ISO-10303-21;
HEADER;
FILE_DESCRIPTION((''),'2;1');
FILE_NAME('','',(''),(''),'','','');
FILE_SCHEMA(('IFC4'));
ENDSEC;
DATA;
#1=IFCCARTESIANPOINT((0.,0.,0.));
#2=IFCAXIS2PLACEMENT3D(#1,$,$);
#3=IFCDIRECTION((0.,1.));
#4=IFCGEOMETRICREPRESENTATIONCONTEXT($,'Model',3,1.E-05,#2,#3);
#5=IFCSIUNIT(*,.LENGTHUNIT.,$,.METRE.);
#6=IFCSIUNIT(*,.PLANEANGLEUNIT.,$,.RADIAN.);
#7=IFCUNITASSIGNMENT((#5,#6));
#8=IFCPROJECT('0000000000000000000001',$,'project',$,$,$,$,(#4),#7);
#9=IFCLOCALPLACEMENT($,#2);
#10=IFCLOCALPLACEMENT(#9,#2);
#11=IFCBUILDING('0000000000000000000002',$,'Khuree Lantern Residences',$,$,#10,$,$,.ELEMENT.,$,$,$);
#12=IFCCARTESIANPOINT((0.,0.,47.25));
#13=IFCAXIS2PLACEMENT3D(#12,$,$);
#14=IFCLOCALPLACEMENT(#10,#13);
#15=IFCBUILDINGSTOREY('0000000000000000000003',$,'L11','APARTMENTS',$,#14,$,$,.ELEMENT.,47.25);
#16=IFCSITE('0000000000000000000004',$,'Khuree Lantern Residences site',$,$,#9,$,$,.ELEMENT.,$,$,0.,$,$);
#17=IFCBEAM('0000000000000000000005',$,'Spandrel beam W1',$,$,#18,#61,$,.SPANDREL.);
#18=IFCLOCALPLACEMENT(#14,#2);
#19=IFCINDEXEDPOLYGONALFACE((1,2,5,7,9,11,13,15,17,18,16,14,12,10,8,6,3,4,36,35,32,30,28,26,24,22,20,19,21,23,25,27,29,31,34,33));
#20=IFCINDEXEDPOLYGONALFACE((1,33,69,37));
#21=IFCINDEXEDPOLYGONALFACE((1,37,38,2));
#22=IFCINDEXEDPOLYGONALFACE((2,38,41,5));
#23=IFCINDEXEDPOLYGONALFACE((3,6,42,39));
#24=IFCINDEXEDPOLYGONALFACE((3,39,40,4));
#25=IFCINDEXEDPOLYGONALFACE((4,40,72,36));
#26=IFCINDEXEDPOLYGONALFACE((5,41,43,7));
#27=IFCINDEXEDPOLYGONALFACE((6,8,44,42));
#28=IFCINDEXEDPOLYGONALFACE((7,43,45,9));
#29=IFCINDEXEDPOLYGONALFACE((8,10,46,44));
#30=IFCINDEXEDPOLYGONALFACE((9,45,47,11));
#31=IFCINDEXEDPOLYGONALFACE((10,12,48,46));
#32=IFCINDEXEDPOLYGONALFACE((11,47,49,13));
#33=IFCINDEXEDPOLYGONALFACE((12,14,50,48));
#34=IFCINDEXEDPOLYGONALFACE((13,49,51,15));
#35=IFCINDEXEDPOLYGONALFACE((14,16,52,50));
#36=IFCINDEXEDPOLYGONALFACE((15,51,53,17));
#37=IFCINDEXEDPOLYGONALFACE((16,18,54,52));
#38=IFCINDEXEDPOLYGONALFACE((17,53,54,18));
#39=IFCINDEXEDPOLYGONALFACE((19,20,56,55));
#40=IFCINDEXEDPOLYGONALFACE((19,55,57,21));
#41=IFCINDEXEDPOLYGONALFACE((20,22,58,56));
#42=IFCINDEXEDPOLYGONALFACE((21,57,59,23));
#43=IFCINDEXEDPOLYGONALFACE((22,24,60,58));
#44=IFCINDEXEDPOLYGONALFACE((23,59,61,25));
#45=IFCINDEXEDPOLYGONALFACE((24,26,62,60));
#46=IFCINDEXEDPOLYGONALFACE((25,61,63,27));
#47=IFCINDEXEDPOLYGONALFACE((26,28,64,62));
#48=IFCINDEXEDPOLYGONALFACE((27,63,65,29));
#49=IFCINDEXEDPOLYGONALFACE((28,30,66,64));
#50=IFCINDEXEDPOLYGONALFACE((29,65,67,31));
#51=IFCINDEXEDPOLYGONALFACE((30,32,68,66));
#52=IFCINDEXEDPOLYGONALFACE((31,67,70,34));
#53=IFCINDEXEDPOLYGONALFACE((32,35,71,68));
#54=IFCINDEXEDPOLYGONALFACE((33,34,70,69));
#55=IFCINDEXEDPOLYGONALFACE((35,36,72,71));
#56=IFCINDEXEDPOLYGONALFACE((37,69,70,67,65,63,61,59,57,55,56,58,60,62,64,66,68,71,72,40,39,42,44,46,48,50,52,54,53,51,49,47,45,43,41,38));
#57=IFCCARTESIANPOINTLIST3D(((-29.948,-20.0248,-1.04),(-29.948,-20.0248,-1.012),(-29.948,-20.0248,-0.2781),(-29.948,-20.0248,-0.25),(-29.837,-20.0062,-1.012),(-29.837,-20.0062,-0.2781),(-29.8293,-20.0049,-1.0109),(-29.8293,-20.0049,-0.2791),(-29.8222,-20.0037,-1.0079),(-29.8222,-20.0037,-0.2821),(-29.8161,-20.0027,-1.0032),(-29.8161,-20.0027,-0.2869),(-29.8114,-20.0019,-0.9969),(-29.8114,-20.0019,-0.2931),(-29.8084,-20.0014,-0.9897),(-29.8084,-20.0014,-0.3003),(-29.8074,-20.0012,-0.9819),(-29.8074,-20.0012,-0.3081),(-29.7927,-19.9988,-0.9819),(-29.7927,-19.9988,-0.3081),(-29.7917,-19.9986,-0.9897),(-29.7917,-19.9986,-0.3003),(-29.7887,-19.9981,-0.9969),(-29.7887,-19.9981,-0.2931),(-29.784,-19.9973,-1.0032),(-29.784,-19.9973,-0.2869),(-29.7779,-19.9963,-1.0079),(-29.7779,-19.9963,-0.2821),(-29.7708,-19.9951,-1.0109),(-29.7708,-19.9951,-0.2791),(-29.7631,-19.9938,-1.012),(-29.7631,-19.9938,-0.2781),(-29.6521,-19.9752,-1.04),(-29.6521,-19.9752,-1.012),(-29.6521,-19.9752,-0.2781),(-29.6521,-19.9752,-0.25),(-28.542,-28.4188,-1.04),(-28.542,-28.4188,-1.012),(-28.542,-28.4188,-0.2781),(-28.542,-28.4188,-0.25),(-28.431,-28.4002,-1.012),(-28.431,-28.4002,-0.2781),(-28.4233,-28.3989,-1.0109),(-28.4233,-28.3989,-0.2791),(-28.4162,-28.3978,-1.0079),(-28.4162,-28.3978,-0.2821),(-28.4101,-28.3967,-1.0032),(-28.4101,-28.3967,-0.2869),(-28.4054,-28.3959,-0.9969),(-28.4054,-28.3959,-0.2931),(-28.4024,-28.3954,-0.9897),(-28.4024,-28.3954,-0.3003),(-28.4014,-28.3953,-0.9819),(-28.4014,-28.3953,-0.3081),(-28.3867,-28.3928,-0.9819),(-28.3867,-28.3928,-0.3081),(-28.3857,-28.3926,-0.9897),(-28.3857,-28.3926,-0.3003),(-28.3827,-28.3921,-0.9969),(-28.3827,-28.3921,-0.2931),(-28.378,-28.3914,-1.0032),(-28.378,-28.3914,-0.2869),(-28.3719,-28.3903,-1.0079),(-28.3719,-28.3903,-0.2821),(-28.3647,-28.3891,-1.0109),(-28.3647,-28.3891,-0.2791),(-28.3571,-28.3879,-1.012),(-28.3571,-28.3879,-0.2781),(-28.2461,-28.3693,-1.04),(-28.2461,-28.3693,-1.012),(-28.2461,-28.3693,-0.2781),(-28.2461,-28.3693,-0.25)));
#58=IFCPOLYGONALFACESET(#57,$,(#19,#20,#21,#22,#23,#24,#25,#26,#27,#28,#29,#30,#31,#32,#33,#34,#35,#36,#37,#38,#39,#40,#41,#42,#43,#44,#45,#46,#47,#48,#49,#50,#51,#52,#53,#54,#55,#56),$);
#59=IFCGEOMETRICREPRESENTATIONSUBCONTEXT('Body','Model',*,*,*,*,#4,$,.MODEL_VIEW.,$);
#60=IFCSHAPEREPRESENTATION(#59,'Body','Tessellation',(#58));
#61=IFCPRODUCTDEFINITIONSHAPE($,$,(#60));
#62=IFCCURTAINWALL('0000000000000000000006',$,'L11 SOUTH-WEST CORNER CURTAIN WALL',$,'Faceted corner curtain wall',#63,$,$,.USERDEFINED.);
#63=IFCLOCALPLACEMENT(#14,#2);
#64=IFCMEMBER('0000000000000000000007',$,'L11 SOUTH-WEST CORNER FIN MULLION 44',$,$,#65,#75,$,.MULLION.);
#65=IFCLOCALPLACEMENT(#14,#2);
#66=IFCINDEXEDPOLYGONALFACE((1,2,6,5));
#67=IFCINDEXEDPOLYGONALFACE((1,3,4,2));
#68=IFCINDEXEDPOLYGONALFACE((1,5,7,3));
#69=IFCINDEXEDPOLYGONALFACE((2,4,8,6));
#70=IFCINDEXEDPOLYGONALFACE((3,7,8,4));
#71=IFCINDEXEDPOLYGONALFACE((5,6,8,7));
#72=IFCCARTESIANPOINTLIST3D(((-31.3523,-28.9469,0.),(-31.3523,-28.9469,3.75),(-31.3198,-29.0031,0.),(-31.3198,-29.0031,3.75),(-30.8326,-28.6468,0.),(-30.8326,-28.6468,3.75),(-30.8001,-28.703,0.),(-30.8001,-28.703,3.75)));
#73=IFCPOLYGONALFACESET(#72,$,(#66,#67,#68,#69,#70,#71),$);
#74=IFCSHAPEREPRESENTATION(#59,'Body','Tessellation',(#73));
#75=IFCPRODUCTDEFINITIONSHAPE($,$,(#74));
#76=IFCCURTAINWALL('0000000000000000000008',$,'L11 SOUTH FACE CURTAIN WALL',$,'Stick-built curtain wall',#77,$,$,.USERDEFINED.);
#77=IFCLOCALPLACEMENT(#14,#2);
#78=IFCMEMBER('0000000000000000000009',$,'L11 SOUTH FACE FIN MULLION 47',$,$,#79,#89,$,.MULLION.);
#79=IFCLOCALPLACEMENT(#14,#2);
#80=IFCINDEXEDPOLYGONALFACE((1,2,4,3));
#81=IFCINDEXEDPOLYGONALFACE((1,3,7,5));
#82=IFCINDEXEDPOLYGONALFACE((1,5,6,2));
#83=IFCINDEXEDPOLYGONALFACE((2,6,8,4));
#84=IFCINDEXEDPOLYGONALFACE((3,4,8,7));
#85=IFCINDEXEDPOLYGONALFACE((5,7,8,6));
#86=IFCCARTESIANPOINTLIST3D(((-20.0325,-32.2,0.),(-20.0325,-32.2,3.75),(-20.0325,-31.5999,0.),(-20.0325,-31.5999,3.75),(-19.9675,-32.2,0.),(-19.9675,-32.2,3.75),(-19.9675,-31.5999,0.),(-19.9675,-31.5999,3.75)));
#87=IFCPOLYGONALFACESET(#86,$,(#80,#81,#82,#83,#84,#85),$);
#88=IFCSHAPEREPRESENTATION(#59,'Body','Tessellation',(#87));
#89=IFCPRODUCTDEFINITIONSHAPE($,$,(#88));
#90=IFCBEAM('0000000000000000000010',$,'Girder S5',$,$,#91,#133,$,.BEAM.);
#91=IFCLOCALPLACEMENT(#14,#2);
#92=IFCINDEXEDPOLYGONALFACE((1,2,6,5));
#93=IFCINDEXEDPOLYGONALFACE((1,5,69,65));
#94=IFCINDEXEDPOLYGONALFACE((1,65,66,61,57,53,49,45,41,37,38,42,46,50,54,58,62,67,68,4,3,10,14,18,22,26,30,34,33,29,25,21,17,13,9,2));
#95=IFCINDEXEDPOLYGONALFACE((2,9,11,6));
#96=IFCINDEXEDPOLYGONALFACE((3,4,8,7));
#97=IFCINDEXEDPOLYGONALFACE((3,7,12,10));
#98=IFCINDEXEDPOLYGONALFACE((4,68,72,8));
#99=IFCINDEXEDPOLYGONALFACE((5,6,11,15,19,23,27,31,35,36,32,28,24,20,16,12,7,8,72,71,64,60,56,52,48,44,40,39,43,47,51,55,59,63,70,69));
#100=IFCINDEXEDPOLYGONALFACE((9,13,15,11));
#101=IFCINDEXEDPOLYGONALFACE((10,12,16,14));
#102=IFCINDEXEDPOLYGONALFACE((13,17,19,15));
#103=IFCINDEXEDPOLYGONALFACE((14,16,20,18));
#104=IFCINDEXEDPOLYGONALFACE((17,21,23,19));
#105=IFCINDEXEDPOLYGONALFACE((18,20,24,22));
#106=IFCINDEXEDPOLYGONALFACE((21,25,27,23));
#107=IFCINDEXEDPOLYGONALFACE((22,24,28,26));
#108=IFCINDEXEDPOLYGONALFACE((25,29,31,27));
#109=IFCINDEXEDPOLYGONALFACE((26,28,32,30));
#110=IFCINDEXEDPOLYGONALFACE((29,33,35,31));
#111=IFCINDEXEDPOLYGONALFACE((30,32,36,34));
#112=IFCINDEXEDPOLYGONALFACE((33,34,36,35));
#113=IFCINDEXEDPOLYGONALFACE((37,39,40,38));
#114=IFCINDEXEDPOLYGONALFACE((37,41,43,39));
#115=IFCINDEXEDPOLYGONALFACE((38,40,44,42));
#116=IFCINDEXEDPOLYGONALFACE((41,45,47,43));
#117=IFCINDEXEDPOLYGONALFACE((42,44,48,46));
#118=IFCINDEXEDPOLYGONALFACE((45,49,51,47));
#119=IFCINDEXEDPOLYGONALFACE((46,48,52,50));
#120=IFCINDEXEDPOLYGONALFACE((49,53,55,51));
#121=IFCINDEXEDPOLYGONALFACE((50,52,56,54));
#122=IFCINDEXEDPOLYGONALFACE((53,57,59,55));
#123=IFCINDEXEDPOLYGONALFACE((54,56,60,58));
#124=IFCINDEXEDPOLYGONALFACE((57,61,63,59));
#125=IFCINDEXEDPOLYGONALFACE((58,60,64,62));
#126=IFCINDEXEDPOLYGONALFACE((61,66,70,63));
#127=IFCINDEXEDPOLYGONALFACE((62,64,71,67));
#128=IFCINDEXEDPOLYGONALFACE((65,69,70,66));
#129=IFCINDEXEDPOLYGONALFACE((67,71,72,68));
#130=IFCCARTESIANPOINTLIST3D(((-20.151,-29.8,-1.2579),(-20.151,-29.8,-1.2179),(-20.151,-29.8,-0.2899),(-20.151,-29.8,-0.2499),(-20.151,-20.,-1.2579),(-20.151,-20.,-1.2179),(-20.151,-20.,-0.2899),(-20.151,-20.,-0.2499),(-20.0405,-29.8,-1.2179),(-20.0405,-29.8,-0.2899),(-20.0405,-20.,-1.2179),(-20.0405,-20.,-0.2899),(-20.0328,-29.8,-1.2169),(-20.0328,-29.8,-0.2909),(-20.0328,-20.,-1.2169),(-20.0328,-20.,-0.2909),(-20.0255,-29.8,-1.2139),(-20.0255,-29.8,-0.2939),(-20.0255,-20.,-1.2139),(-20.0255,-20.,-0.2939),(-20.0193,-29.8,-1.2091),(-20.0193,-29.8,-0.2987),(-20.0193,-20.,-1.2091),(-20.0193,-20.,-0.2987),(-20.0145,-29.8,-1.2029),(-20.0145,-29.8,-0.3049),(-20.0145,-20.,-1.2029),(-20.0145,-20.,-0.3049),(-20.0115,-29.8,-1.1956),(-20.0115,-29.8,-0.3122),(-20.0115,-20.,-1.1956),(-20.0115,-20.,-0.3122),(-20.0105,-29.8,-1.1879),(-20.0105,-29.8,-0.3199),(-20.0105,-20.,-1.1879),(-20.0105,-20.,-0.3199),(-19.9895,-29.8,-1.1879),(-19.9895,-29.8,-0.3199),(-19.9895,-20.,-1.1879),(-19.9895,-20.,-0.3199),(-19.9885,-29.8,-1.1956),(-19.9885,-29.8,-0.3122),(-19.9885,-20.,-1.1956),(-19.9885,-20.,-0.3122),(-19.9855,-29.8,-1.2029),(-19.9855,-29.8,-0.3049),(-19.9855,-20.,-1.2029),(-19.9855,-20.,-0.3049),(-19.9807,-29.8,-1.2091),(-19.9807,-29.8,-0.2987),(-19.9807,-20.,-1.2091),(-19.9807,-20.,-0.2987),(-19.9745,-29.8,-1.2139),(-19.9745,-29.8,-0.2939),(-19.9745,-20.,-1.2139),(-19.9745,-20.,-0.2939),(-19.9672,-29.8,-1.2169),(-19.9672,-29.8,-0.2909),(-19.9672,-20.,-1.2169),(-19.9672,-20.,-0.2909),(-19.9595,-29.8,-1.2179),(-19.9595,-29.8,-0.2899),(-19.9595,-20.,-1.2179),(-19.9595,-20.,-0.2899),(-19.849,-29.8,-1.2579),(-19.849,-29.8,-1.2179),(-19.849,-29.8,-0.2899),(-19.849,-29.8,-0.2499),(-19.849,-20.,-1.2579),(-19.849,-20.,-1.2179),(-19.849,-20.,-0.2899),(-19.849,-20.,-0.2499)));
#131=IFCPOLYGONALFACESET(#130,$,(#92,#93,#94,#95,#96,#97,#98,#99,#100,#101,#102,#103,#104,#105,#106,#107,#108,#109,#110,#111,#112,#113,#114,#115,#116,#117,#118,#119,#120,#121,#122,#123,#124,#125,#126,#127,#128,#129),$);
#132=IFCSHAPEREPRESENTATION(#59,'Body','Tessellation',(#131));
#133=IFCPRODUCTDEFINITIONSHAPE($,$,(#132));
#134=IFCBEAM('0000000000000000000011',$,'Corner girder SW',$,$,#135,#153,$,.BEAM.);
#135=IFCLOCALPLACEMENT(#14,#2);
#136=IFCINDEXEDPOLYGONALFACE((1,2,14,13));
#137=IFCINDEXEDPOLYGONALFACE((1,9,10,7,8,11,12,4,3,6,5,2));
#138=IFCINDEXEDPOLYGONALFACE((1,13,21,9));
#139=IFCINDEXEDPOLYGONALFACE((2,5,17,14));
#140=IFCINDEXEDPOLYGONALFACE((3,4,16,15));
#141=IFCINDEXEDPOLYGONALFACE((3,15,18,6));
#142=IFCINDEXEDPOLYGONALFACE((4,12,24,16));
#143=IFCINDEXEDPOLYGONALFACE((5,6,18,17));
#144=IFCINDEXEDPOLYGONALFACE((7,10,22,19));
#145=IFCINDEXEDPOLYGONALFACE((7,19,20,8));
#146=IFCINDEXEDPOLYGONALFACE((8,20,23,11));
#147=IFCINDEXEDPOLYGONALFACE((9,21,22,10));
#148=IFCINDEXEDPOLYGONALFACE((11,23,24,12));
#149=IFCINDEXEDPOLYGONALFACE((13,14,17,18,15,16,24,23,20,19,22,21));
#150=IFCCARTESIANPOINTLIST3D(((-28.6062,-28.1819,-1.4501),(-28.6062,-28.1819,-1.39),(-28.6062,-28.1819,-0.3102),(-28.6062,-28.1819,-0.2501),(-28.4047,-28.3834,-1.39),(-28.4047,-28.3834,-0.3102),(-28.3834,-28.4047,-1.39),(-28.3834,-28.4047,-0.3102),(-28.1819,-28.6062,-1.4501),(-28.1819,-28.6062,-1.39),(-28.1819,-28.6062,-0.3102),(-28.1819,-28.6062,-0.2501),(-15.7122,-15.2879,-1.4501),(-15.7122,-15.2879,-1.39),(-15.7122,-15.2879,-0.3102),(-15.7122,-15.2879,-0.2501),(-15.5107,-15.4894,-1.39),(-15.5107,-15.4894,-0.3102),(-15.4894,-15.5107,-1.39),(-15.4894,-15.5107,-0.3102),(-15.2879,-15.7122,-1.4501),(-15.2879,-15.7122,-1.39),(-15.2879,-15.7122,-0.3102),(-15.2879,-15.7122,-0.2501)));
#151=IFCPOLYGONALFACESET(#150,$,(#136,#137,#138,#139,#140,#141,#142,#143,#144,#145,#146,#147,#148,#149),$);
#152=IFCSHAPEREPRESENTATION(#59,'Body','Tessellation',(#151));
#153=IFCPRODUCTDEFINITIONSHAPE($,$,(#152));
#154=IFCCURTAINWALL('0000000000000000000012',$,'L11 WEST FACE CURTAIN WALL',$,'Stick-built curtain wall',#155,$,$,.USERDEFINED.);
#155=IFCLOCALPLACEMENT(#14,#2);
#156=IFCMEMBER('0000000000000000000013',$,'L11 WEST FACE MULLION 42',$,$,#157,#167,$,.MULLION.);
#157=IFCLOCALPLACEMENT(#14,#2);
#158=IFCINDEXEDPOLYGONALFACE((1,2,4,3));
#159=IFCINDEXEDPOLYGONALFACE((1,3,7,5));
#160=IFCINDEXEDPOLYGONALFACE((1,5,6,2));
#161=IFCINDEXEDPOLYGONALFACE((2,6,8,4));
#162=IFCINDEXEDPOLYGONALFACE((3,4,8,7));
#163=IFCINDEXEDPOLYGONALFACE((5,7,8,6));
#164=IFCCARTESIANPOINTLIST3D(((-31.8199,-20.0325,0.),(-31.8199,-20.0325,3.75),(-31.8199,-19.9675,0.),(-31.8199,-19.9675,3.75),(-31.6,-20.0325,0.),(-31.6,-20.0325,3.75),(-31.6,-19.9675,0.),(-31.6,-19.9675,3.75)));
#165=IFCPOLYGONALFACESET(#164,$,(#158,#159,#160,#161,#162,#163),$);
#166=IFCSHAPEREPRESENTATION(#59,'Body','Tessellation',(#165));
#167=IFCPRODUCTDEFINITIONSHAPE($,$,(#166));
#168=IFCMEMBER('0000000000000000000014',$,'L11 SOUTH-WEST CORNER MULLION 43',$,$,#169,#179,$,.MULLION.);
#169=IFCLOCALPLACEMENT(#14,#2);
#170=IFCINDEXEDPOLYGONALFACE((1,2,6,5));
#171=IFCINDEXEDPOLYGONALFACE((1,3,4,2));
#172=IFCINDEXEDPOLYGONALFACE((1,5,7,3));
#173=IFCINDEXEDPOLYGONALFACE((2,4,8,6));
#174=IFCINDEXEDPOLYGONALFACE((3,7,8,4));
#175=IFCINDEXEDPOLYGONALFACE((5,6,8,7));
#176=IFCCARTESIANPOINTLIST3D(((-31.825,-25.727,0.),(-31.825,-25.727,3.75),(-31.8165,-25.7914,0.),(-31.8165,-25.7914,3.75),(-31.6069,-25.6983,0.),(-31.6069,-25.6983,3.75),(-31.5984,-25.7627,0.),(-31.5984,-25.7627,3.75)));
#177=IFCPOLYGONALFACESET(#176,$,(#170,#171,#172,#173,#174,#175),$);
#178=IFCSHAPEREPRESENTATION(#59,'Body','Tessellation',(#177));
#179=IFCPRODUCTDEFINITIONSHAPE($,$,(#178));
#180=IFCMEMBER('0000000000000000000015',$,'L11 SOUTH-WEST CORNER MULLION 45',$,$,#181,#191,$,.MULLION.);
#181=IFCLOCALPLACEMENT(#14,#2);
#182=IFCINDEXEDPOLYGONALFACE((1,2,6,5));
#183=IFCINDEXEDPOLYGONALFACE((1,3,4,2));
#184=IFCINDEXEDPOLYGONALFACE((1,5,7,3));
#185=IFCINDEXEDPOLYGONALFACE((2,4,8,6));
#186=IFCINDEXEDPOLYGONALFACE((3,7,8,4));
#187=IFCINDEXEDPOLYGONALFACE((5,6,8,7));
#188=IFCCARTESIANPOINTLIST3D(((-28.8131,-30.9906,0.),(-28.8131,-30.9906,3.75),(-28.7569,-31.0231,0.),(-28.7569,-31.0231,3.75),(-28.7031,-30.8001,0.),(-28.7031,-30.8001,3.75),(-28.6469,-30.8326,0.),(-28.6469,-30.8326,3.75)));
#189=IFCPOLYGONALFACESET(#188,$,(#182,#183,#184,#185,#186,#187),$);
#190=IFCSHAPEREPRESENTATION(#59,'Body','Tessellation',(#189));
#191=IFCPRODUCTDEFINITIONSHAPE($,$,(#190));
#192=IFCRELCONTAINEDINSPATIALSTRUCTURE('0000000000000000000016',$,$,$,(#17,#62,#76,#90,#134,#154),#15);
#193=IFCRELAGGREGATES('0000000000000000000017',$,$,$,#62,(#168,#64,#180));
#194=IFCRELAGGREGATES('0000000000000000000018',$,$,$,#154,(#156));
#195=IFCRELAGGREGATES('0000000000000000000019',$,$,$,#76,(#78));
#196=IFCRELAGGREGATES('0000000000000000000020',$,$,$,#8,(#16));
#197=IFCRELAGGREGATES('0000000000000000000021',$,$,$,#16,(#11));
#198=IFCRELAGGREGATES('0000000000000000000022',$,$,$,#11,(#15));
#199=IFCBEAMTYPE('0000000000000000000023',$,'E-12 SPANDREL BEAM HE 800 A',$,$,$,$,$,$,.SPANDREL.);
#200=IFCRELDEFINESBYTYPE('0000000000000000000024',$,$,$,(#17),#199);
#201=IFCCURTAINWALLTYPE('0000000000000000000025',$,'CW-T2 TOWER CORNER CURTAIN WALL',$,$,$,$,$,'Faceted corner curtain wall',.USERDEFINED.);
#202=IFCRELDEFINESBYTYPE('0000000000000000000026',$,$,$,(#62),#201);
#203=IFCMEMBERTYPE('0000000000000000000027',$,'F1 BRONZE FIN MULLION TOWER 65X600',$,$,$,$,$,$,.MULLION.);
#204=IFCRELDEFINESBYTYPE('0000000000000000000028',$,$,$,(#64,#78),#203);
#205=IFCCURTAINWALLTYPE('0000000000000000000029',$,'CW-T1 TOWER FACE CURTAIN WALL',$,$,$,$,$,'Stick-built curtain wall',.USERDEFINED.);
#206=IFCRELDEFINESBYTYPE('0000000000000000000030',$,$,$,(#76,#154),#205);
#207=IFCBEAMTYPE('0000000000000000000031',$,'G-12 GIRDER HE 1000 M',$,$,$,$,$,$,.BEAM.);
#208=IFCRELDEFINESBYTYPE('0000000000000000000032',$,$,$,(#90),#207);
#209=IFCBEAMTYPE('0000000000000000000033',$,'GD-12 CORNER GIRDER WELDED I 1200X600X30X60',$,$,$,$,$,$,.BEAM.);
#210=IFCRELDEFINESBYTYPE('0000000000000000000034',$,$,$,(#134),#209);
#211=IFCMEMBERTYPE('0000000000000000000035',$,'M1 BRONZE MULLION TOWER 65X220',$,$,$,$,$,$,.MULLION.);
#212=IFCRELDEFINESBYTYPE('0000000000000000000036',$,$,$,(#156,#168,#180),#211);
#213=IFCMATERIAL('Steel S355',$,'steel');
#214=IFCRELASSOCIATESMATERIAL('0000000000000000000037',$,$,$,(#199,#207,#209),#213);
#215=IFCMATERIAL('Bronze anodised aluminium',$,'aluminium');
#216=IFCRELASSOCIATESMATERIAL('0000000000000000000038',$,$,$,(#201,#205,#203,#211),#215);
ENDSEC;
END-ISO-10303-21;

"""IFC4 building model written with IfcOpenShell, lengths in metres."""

from ifc_helpers import new_model, si_unit, direction, frame, origin, origin_2d, place, context, subcontext, project, spatial, rectangle, i_section, extrude, material, material_profile, profile_set, type_object, element, aggregate, save


model = new_model("IFC4")

# Units and contexts
model_context = context("Model", 3, precision=1e-05, world=origin(), true_north=direction((0.0, 1.0)))
body_context = subcontext(model_context, "Body", "Model", "MODEL_VIEW")
ifc_project = project(units=[si_unit("LENGTHUNIT", "METRE"), si_unit("PLANEANGLEUNIT", "RADIAN")], contexts=[model_context])

# Site, building, storey
site_placement = place(None, origin())
site = spatial("IfcSite", under=ifc_project, at=site_placement, Name="Khuree Lantern Residences site", CompositionType="ELEMENT", RefElevation=0.0)
building_placement = place(site_placement, origin())
building = spatial("IfcBuilding", under=site, at=building_placement, Name="Khuree Lantern Residences", CompositionType="ELEMENT")
storey_placement = place(building_placement, frame((0.0, 0.0, 47.25)))
storey = spatial("IfcBuildingStorey", under=building, at=storey_placement, Name="L11", Description="APARTMENTS", CompositionType="ELEMENT", Elevation=47.25)

# Beam
ifc_material_1 = material(Name="Steel S355", Category="steel")
ifc_material_profile_1 = material_profile(ifc_material_1, i_section(OverallWidth=0.3, OverallDepth=0.79, WebThickness=0.0149, FlangeThickness=0.0281, FilletRadius=0.03, at=origin_2d()), Name="HE 800 A")
ifc_profile_set_1 = profile_set([ifc_material_profile_1], Name="Steel S355")
beam_type_1 = type_object("IfcBeamType", Name="E-12 SPANDREL BEAM HE 800 A", PredefinedType="SPANDREL", material=ifc_profile_set_1)
for number, where, z_axis, x_axis, name in (
    (1, (-28.394, -28.394, -0.645), (-0.165199, 0.98626, 0.0), (-0.98626, -0.165199, 0.0), "Spandrel beam W1"),
):
    element("IfcBeam", number, at=place(storey_placement, frame(where, z_axis=z_axis, x_axis=x_axis)), inside=storey, type_object=beam_type_1, Name=name, PredefinedType="SPANDREL", context=body_context, shape_type="SweptSolid", body=[
        extrude(i_section(OverallWidth=0.3, OverallDepth=0.79, WebThickness=0.0149, FlangeThickness=0.0281, FilletRadius=0.03, at=origin_2d()), origin(), (0.0, 0.0, 1.0), 8.511),
    ])

# Curtain walls, members
ifc_material_2 = material(Name="Bronze anodised aluminium", Category="aluminium")
curtain_wall_type_1 = type_object("IfcCurtainWallType", Name="CW-T2 TOWER CORNER CURTAIN WALL", ElementType="Faceted corner curtain wall", PredefinedType="USERDEFINED", material=ifc_material_2)
curtain_wall_1_placement = place(storey_placement, origin())
curtain_wall_1 = element("IfcCurtainWall", 2, at=curtain_wall_1_placement, inside=storey, type_object=curtain_wall_type_1, Name="L11 SOUTH-WEST CORNER CURTAIN WALL", ObjectType="Faceted corner curtain wall", PredefinedType="USERDEFINED")
ifc_material_profile_2 = material_profile(ifc_material_2, rectangle(XDim=0.0649, YDim=0.6001, at=origin_2d()), Name="F1 65X600")
ifc_profile_set_2 = profile_set([ifc_material_profile_2], Name="Bronze anodised aluminium")
member_type_1 = type_object("IfcMemberType", Name="F1 BRONZE FIN MULLION TOWER 65X600", PredefinedType="MULLION", material=ifc_profile_set_2)
member_1_placement = place(storey_placement, frame((-31.0762, -28.825, 0.0), z_axis=(0.0, 0.0, 1.0), x_axis=(0.5, -0.866025, 0.0)))
member_1 = element("IfcMember", 3, at=member_1_placement, type_object=member_type_1, Name="L11 SOUTH-WEST CORNER FIN MULLION 44", PredefinedType="MULLION", context=body_context, shape_type="SweptSolid", body=[
    extrude(rectangle(XDim=0.0649, YDim=0.6001, at=origin_2d()), origin(), (0.0, 0.0, 1.0), 3.75),
])
curtain_wall_type_2 = type_object("IfcCurtainWallType", Name="CW-T1 TOWER FACE CURTAIN WALL", ElementType="Stick-built curtain wall", PredefinedType="USERDEFINED", material=ifc_material_2)
curtain_wall_2_placement = place(storey_placement, origin())
curtain_wall_2 = element("IfcCurtainWall", 4, at=curtain_wall_2_placement, inside=storey, type_object=curtain_wall_type_2, Name="L11 SOUTH FACE CURTAIN WALL", ObjectType="Stick-built curtain wall", PredefinedType="USERDEFINED")
member_2_placement = place(storey_placement, frame((-20.0, -31.8999, 0.0), z_axis=(0.0, 0.0, 1.0), x_axis=(1.0, 0.0, 0.0)))
member_2 = element("IfcMember", 5, at=member_2_placement, type_object=member_type_1, Name="L11 SOUTH FACE FIN MULLION 47", PredefinedType="MULLION", context=body_context, shape_type="SweptSolid", body=[
    extrude(rectangle(XDim=0.0649, YDim=0.6001, at=origin_2d()), origin(), (0.0, 0.0, 1.0), 3.75),
])

# Beams
ifc_material_profile_3 = material_profile(ifc_material_1, i_section(OverallWidth=0.302, OverallDepth=1.0081, WebThickness=0.021, FlangeThickness=0.04, FilletRadius=0.03, at=origin_2d()), Name="HE 1000 M")
ifc_profile_set_3 = profile_set([ifc_material_profile_3], Name="Steel S355")
beam_type_2 = type_object("IfcBeamType", Name="G-12 GIRDER HE 1000 M", PredefinedType="BEAM", material=ifc_profile_set_3)
beam_1_placement = place(storey_placement, frame((-20.0, -29.8, -0.7539), z_axis=(0.0, 1.0, 0.0), x_axis=(-1.0, 0.0, 0.0)))
element("IfcBeam", 6, at=beam_1_placement, inside=storey, type_object=beam_type_2, Name="Girder S5", PredefinedType="BEAM", context=body_context, shape_type="SweptSolid", body=[
    extrude(i_section(OverallWidth=0.302, OverallDepth=1.0081, WebThickness=0.021, FlangeThickness=0.04, FilletRadius=0.03, at=origin_2d()), origin(), (0.0, 0.0, 1.0), 9.8),
])
ifc_material_profile_4 = material_profile(ifc_material_1, i_section(OverallWidth=0.6001, OverallDepth=1.2, WebThickness=0.03, FlangeThickness=0.0601, at=origin_2d()), Name="WELDED I 1200X600X30X60")
ifc_profile_set_4 = profile_set([ifc_material_profile_4], Name="Steel S355")
beam_type_3 = type_object("IfcBeamType", Name="GD-12 CORNER GIRDER WELDED I 1200X600X30X60", PredefinedType="BEAM", material=ifc_profile_set_4)
beam_2_placement = place(storey_placement, frame((-28.394, -28.394, -0.8501), z_axis=(0.707107, 0.707107, 0.0), x_axis=(-0.707107, 0.707107, 0.0)))
element("IfcBeam", 7, at=beam_2_placement, inside=storey, type_object=beam_type_3, Name="Corner girder SW", PredefinedType="BEAM", context=body_context, shape_type="SweptSolid", body=[
    extrude(i_section(OverallWidth=0.6001, OverallDepth=1.2, WebThickness=0.03, FlangeThickness=0.0601, at=origin_2d()), origin(), (0.0, 0.0, 1.0), 18.2349),
])

# Curtain wall, member
curtain_wall_3_placement = place(storey_placement, origin())
curtain_wall_3 = element("IfcCurtainWall", 8, at=curtain_wall_3_placement, inside=storey, type_object=curtain_wall_type_2, Name="L11 WEST FACE CURTAIN WALL", ObjectType="Stick-built curtain wall", PredefinedType="USERDEFINED")
ifc_material_profile_5 = material_profile(ifc_material_2, rectangle(XDim=0.0649, YDim=0.22, at=origin_2d()), Name="M1 65X220")
ifc_profile_set_5 = profile_set([ifc_material_profile_5], Name="Bronze anodised aluminium")
member_type_2 = type_object("IfcMemberType", Name="M1 BRONZE MULLION TOWER 65X220", PredefinedType="MULLION", material=ifc_profile_set_5)
member_3_placement = place(storey_placement, frame((-31.71, -20.0, 0.0), z_axis=(0.0, 0.0, 1.0), x_axis=(0.0, -1.0, 0.0)))
member_3 = element("IfcMember", 9, at=member_3_placement, type_object=member_type_2, Name="L11 WEST FACE MULLION 42", PredefinedType="MULLION", context=body_context, shape_type="SweptSolid", body=[
    extrude(rectangle(XDim=0.0649, YDim=0.22, at=origin_2d()), origin(), (0.0, 0.0, 1.0), 3.75),
])

# Members
member_4_placement = place(storey_placement, frame((-31.7117, -25.7449, 0.0), z_axis=(0.0, 0.0, 1.0), x_axis=(0.130526, -0.991445, 0.0)))
member_4 = element("IfcMember", 10, at=member_4_placement, type_object=member_type_2, Name="L11 SOUTH-WEST CORNER MULLION 43", PredefinedType="MULLION", context=body_context, shape_type="SweptSolid", body=[
    extrude(rectangle(XDim=0.0649, YDim=0.22, at=origin_2d()), origin(), (0.0, 0.0, 1.0), 3.75),
])
member_5_placement = place(storey_placement, frame((-28.73, -30.9116, 0.0), z_axis=(0.0, 0.0, 1.0), x_axis=(0.866025, -0.5, 0.0)))
member_5 = element("IfcMember", 11, at=member_5_placement, type_object=member_type_2, Name="L11 SOUTH-WEST CORNER MULLION 45", PredefinedType="MULLION", context=body_context, shape_type="SweptSolid", body=[
    extrude(rectangle(XDim=0.0649, YDim=0.22, at=origin_2d()), origin(), (0.0, 0.0, 1.0), 3.75),
])

aggregate(curtain_wall_1, [member_4, member_1, member_5])
aggregate(curtain_wall_3, [member_3])
aggregate(curtain_wall_2, [member_2])

save(model, "model.ifc")
